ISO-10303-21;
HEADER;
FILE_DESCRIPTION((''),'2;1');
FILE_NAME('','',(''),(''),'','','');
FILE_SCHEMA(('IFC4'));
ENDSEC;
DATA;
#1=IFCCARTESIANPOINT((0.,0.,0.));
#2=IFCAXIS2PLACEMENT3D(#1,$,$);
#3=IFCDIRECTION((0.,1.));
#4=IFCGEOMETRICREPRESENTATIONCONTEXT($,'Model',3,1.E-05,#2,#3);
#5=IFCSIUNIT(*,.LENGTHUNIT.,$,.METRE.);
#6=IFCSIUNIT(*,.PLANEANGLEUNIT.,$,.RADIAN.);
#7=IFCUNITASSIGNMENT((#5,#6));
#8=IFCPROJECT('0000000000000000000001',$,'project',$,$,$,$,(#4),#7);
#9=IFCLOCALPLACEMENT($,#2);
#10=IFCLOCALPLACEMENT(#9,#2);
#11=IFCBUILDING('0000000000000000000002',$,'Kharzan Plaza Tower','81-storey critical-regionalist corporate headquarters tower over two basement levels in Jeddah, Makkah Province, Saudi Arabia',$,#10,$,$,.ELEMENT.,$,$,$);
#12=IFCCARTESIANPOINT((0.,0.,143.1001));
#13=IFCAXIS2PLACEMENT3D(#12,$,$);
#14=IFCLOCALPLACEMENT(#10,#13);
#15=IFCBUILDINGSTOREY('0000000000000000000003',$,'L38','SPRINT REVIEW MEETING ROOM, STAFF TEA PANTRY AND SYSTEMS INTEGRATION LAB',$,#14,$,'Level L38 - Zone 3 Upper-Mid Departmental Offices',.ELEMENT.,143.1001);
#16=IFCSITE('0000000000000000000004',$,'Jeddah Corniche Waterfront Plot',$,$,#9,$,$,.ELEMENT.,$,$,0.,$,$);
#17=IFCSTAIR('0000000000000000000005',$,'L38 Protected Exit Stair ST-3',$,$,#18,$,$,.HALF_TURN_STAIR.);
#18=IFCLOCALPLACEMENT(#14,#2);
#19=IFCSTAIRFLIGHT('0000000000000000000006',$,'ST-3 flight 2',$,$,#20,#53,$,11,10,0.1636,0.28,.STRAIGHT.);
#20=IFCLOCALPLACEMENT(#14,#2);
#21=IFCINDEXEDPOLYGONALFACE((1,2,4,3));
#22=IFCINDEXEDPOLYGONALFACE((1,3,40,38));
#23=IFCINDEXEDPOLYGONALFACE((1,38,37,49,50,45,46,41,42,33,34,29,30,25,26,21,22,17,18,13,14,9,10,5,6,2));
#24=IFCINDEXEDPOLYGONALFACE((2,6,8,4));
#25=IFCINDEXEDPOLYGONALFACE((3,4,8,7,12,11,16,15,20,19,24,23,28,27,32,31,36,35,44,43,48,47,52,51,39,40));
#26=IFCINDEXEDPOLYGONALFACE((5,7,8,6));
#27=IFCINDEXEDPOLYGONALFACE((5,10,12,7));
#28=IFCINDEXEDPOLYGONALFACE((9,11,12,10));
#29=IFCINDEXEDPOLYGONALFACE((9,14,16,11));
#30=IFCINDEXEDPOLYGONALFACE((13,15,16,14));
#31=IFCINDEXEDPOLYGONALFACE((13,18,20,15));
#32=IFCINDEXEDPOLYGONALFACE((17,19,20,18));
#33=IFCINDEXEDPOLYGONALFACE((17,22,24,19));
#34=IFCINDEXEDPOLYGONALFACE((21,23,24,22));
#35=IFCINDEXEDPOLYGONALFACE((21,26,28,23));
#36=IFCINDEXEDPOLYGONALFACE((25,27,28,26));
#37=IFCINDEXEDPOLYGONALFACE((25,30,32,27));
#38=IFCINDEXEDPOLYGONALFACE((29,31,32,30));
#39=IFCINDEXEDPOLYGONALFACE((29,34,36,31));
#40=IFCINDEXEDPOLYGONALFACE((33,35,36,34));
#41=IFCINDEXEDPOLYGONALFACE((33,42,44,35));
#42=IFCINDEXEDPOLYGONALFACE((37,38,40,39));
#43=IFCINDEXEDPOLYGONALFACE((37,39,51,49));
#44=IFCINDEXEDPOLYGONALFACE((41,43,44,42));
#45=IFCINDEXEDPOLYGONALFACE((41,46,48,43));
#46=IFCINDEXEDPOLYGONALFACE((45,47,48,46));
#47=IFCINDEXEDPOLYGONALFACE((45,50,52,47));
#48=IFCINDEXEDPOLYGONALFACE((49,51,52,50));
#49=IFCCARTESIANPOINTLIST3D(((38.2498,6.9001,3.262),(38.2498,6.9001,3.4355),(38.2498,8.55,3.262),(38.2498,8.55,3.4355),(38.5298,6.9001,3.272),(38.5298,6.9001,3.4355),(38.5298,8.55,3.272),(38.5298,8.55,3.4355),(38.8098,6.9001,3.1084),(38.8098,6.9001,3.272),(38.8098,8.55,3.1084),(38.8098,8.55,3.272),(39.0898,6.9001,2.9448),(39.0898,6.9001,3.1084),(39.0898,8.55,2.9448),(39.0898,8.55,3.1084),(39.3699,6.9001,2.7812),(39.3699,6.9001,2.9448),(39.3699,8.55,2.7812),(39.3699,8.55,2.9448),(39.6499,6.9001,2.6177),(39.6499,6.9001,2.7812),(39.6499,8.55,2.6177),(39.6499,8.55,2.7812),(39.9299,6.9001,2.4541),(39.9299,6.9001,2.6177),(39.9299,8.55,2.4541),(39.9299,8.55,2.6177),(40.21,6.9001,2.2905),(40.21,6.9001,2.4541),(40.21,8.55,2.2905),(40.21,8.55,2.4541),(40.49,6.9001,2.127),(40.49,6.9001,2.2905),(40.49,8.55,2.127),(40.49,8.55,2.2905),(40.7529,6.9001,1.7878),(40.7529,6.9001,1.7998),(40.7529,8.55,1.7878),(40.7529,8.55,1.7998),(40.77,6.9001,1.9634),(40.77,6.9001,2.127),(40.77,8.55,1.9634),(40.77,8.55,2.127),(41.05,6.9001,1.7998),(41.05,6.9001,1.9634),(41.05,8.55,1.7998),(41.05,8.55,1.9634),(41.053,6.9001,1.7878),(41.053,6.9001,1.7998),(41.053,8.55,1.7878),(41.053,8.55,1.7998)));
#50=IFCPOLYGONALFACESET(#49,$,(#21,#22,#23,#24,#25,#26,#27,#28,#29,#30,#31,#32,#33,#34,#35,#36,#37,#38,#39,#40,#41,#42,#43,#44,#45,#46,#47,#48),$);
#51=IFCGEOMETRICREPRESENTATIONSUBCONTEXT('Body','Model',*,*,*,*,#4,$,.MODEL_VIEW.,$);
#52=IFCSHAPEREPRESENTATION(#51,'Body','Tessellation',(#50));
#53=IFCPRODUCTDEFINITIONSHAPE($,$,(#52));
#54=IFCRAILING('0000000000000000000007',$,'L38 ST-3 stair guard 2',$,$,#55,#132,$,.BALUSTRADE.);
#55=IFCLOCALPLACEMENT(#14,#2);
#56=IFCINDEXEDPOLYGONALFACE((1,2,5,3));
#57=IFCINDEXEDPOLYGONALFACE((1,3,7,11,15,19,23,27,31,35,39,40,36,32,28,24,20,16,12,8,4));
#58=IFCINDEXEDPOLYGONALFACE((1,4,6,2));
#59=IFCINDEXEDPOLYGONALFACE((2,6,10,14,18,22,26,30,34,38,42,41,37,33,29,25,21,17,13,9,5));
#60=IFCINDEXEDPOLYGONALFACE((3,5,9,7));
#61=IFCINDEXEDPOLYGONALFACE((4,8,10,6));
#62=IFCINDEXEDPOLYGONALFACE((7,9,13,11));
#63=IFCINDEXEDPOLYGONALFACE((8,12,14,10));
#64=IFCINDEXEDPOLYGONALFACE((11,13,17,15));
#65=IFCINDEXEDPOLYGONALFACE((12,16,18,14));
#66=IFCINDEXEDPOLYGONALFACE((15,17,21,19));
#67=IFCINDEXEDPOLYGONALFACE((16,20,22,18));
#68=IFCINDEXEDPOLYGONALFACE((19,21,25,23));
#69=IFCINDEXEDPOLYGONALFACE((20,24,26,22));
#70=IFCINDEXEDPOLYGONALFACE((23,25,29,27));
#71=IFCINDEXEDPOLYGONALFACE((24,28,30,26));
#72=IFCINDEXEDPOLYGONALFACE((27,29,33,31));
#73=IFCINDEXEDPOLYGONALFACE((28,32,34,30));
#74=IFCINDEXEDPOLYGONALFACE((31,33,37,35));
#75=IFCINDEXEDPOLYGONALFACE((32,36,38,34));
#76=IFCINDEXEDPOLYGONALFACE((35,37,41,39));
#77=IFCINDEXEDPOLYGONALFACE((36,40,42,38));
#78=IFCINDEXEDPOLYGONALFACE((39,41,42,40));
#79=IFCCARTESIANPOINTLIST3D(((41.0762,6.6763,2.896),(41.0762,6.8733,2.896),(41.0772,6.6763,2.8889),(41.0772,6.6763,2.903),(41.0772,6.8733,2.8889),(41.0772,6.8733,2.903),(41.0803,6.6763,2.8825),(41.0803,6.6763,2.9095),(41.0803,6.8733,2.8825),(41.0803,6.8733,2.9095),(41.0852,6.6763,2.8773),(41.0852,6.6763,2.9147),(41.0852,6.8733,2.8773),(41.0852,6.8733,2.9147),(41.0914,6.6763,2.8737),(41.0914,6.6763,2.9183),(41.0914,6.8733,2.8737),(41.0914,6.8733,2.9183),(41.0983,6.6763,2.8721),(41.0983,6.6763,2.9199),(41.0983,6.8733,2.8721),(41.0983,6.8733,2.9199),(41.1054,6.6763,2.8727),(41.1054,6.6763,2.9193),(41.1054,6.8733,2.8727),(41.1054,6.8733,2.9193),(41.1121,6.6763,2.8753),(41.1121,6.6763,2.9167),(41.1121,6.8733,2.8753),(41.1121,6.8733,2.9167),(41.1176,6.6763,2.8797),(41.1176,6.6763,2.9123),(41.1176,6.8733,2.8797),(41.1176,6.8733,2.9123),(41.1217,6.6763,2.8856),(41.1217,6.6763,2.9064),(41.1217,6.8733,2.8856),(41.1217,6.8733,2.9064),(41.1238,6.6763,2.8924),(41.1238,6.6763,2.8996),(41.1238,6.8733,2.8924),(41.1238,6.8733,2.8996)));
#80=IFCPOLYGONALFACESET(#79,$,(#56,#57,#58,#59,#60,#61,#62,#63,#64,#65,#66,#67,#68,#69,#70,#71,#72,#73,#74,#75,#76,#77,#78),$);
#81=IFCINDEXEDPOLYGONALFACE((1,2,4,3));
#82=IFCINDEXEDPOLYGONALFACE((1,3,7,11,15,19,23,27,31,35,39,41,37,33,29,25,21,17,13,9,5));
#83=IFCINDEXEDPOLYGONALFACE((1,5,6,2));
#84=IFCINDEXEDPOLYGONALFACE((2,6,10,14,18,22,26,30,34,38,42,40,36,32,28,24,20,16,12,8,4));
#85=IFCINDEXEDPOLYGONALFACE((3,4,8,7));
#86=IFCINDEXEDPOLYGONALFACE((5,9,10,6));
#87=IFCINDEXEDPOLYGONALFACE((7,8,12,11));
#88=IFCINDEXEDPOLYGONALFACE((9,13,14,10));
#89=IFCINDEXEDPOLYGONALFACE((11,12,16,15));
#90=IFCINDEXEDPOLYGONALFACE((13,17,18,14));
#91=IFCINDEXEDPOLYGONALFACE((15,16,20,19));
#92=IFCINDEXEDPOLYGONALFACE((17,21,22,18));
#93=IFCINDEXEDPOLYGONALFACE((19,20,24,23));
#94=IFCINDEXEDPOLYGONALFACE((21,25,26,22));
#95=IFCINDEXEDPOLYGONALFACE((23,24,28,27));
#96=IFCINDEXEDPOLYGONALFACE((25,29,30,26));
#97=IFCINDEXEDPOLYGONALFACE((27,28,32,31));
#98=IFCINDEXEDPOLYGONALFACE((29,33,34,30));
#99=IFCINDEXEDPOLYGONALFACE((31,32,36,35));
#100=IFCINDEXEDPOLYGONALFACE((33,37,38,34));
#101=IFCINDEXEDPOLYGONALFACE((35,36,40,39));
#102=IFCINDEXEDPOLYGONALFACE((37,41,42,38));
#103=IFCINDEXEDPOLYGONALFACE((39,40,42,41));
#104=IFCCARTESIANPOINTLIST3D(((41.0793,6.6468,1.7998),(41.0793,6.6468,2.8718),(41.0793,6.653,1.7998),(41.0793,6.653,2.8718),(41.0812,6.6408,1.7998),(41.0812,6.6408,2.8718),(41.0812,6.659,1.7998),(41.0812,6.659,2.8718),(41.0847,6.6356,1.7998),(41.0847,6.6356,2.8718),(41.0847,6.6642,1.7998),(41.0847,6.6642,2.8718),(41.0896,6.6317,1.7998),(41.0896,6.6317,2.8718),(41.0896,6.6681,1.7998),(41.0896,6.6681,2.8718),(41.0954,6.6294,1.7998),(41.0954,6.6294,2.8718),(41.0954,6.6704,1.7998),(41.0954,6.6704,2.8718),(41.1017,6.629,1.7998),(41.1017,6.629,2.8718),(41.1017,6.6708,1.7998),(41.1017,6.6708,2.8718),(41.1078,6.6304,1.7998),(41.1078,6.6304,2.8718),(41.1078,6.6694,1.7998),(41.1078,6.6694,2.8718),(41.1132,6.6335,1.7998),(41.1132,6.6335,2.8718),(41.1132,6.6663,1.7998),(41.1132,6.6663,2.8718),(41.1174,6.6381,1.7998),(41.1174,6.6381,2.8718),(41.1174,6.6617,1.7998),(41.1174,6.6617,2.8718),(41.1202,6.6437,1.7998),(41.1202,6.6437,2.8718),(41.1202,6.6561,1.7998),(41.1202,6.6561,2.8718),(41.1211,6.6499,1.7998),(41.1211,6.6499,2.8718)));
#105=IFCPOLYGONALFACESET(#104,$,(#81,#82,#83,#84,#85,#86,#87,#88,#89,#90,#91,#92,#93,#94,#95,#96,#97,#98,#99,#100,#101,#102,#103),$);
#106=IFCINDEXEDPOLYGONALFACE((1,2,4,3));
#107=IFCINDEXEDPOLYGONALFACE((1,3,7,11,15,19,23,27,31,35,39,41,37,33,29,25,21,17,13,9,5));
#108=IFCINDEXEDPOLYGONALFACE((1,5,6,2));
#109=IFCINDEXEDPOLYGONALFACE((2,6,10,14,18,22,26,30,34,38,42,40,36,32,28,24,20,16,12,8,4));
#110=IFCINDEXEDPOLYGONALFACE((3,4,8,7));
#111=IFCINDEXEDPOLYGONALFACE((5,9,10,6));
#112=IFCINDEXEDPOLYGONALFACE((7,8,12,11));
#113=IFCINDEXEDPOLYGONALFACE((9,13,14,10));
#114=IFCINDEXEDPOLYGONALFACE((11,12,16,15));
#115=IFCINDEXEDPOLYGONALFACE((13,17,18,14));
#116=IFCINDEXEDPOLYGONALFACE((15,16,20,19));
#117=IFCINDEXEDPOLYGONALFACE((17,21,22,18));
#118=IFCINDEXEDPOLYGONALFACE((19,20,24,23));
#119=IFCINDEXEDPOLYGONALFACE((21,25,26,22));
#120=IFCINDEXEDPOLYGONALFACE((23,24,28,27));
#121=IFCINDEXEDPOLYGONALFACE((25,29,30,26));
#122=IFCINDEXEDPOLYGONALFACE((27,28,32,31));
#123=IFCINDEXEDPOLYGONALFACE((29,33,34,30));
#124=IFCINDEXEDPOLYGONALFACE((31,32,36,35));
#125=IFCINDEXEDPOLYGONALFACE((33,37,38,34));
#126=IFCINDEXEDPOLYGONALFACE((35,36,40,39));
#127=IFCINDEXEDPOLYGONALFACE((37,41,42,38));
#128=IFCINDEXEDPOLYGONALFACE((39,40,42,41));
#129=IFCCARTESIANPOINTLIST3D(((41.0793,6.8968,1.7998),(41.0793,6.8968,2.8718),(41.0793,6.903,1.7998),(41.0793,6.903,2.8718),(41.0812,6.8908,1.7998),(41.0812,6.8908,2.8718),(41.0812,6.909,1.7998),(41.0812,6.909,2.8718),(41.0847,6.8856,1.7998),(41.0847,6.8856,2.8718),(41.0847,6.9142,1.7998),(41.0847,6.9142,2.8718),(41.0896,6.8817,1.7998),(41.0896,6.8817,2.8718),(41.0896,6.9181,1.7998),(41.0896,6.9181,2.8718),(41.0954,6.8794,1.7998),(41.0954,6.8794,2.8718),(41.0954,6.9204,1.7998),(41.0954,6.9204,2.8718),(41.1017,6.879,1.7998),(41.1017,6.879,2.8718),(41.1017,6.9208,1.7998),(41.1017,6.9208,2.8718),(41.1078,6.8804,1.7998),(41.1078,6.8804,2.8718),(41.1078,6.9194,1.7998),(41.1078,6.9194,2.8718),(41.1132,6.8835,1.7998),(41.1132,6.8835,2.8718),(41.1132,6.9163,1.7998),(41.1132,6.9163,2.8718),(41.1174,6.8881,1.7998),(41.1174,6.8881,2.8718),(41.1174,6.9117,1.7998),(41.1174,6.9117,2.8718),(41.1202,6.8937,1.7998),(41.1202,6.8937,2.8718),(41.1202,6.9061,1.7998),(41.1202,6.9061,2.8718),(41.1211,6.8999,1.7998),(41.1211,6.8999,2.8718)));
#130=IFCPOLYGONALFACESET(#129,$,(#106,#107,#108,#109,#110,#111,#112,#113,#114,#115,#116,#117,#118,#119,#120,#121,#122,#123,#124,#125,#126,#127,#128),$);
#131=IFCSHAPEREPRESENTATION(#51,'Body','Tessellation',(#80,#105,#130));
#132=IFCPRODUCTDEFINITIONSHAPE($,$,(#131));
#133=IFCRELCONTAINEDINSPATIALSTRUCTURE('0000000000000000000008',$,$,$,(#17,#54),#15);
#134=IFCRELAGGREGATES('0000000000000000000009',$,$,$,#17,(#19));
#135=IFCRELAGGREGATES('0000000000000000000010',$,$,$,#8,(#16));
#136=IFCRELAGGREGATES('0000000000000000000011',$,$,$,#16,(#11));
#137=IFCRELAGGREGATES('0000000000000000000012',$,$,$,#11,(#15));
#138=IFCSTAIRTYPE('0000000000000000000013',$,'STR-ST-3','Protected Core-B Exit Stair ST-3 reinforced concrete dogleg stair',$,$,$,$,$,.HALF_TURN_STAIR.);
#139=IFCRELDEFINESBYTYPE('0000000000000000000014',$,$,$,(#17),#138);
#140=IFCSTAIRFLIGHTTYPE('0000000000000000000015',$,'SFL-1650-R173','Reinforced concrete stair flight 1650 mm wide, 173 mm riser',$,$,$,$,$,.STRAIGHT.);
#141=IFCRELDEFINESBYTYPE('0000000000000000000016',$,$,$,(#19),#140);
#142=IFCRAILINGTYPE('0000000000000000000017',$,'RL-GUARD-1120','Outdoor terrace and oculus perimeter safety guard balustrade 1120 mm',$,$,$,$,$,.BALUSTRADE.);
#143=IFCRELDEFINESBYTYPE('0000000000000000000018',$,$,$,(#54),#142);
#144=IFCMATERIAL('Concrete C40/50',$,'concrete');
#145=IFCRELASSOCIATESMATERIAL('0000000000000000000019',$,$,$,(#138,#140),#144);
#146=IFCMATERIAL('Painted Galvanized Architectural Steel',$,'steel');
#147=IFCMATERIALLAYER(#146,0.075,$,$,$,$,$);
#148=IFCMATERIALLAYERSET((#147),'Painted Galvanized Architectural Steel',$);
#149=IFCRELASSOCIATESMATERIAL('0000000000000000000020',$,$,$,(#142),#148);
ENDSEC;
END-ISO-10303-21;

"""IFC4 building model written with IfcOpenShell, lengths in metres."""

from ifc_helpers import new_model, si_unit, direction, frame, origin, origin_2d, place, context, subcontext, project, spatial, polyline, circle, outline, extrude, source, transform, mapped, material, layer, layer_set, type_object, element, aggregate, save


model = new_model("IFC4")

# Units and contexts
model_context = context("Model", 3, precision=1e-05, world=origin(), true_north=direction((0.0, 1.0)))
body_context = subcontext(model_context, "Body", "Model", "MODEL_VIEW")
ifc_project = project(units=[si_unit("LENGTHUNIT", "METRE"), si_unit("PLANEANGLEUNIT", "RADIAN")], contexts=[model_context])

# Site, building, storey
site_placement = place(None, origin())
site = spatial("IfcSite", under=ifc_project, at=site_placement, Name="Jeddah Corniche Waterfront Plot", CompositionType="ELEMENT", RefElevation=0.0)
building_placement = place(site_placement, origin())
building = spatial("IfcBuilding", under=site, at=building_placement, Name="Kharzan Plaza Tower", Description="81-storey critical-regionalist corporate headquarters tower over two basement levels in Jeddah, Makkah Province, Saudi Arabia", CompositionType="ELEMENT")
storey_placement = place(building_placement, frame((0.0, 0.0, 143.1001)))
storey = spatial("IfcBuildingStorey", under=building, at=storey_placement, Name="L38", Description="SPRINT REVIEW MEETING ROOM, STAFF TEA PANTRY AND SYSTEMS INTEGRATION LAB", LongName="Level L38 - Zone 3 Upper-Mid Departmental Offices", CompositionType="ELEMENT", Elevation=143.1001)

# Shared definitions
ifc_material_1 = material(Name="Concrete C40/50", Category="concrete")

# Stair, stair flight
stair_type = type_object("IfcStairType", Name="STR-ST-3", Description="Protected Core-B Exit Stair ST-3 reinforced concrete dogleg stair", PredefinedType="HALF_TURN_STAIR", material=ifc_material_1)
stair_placement = place(storey_placement, origin())
stair = element("IfcStair", 1, at=stair_placement, inside=storey, type_object=stair_type, Name="L38 Protected Exit Stair ST-3", PredefinedType="HALF_TURN_STAIR")
stair_flight_type = type_object("IfcStairFlightType", Name="SFL-1650-R173", Description="Reinforced concrete stair flight 1650 mm wide, 173 mm riser", PredefinedType="STRAIGHT", material=ifc_material_1)
shared_shape_1 = source(origin(), body_context, "Body", "SweptSolid", [
    extrude(outline(polyline([(-0.0029, -0.012), (-0.0029, 0.0), (0.0, 0.0), (0.0, 0.1636), (0.28, 0.1636), (0.28, 0.3271), (0.5601, 0.3271), (0.5601, 0.4907), (0.8401, 0.4907), (0.8401, 0.6543), (1.1201, 0.6543), (1.1201, 0.8179), (1.4001, 0.8179), (1.4001, 0.9814), (1.6802, 0.9814), (1.6802, 1.145), (1.9602, 1.145), (1.9602, 1.3086), (2.2402, 1.3086), (2.2402, 1.4722), (2.5203, 1.4722), (2.5203, 1.6357), (2.8003, 1.6357), (2.8003, 1.7993), (2.8003, 1.4622), (0.2971, 0.0), (0.2971, -0.012), (-0.0029, -0.012)])), frame((0.0, 0.825, 0.0), z_axis=(0.0, -1.0, 0.0), x_axis=(1.0, 0.0, 0.0)), (0.0, 0.0, 1.0), 1.6499),
])
stair_flight_placement = place(storey_placement, frame((41.05, 7.7251, 1.7998), z_axis=(0.0, 0.0, 1.0), x_axis=(-1.0, 0.0, 0.0)))
stair_flight = element("IfcStairFlight", 2, at=stair_flight_placement, type_object=stair_flight_type, Name="ST-3 flight 2", NumberOfRisers=11, NumberOfTreads=10, PredefinedType="STRAIGHT", RiserHeight=0.1636, TreadLength=0.28, context=body_context, shape_type="MappedRepresentation", body=[
    mapped(shared_shape_1, transform((0.0, 0.0, 0.0), x_axis=(1.0, 0.0, 0.0), y_axis=(0.0, 1.0, 0.0), z_axis=(0.0, 0.0, 1.0))),
])
aggregate(stair, [stair_flight])

# Railing
ifc_material_2 = material(Name="Painted Galvanized Architectural Steel", Category="steel")
ifc_layer_1 = layer(ifc_material_2, 0.075)
ifc_layer_set_1 = layer_set([ifc_layer_1], Name="Painted Galvanized Architectural Steel")
railing_type_1 = type_object("IfcRailingType", Name="RL-GUARD-1120", Description="Outdoor terrace and oculus perimeter safety guard balustrade 1120 mm", PredefinedType="BALUSTRADE", material=ifc_layer_set_1)
shared_shape_2 = source(origin(), body_context, "Body", "SweptSolid", [
    extrude(circle(Radius=0.0239, at=origin_2d()), frame((0.0, 0.0264, 1.0962), z_axis=(0.0, 1.0, 0.0), x_axis=(-1.0, 0.0, 0.0)), (0.0, 0.0, 1.0), 0.197),
    extrude(circle(Radius=0.021, at=origin_2d()), origin(), (0.0, 0.0, 1.0), 1.072),
    extrude(circle(Radius=0.021, at=origin_2d()), frame((0.0, 0.25, 0.0)), (0.0, 0.0, 1.0), 1.072),
])
railing_1_placement = place(storey_placement, frame((41.1001, 6.6499, 1.7998)))
element("IfcRailing", 3, at=railing_1_placement, inside=storey, type_object=railing_type_1, Name="L38 ST-3 stair guard 2", PredefinedType="BALUSTRADE", context=body_context, shape_type="MappedRepresentation", body=[
    mapped(shared_shape_2, transform((0.0, 0.0, 0.0), x_axis=(1.0, 0.0, 0.0), y_axis=(0.0, 1.0, 0.0), z_axis=(0.0, 0.0, 1.0))),
])

save(model, "model.ifc")
